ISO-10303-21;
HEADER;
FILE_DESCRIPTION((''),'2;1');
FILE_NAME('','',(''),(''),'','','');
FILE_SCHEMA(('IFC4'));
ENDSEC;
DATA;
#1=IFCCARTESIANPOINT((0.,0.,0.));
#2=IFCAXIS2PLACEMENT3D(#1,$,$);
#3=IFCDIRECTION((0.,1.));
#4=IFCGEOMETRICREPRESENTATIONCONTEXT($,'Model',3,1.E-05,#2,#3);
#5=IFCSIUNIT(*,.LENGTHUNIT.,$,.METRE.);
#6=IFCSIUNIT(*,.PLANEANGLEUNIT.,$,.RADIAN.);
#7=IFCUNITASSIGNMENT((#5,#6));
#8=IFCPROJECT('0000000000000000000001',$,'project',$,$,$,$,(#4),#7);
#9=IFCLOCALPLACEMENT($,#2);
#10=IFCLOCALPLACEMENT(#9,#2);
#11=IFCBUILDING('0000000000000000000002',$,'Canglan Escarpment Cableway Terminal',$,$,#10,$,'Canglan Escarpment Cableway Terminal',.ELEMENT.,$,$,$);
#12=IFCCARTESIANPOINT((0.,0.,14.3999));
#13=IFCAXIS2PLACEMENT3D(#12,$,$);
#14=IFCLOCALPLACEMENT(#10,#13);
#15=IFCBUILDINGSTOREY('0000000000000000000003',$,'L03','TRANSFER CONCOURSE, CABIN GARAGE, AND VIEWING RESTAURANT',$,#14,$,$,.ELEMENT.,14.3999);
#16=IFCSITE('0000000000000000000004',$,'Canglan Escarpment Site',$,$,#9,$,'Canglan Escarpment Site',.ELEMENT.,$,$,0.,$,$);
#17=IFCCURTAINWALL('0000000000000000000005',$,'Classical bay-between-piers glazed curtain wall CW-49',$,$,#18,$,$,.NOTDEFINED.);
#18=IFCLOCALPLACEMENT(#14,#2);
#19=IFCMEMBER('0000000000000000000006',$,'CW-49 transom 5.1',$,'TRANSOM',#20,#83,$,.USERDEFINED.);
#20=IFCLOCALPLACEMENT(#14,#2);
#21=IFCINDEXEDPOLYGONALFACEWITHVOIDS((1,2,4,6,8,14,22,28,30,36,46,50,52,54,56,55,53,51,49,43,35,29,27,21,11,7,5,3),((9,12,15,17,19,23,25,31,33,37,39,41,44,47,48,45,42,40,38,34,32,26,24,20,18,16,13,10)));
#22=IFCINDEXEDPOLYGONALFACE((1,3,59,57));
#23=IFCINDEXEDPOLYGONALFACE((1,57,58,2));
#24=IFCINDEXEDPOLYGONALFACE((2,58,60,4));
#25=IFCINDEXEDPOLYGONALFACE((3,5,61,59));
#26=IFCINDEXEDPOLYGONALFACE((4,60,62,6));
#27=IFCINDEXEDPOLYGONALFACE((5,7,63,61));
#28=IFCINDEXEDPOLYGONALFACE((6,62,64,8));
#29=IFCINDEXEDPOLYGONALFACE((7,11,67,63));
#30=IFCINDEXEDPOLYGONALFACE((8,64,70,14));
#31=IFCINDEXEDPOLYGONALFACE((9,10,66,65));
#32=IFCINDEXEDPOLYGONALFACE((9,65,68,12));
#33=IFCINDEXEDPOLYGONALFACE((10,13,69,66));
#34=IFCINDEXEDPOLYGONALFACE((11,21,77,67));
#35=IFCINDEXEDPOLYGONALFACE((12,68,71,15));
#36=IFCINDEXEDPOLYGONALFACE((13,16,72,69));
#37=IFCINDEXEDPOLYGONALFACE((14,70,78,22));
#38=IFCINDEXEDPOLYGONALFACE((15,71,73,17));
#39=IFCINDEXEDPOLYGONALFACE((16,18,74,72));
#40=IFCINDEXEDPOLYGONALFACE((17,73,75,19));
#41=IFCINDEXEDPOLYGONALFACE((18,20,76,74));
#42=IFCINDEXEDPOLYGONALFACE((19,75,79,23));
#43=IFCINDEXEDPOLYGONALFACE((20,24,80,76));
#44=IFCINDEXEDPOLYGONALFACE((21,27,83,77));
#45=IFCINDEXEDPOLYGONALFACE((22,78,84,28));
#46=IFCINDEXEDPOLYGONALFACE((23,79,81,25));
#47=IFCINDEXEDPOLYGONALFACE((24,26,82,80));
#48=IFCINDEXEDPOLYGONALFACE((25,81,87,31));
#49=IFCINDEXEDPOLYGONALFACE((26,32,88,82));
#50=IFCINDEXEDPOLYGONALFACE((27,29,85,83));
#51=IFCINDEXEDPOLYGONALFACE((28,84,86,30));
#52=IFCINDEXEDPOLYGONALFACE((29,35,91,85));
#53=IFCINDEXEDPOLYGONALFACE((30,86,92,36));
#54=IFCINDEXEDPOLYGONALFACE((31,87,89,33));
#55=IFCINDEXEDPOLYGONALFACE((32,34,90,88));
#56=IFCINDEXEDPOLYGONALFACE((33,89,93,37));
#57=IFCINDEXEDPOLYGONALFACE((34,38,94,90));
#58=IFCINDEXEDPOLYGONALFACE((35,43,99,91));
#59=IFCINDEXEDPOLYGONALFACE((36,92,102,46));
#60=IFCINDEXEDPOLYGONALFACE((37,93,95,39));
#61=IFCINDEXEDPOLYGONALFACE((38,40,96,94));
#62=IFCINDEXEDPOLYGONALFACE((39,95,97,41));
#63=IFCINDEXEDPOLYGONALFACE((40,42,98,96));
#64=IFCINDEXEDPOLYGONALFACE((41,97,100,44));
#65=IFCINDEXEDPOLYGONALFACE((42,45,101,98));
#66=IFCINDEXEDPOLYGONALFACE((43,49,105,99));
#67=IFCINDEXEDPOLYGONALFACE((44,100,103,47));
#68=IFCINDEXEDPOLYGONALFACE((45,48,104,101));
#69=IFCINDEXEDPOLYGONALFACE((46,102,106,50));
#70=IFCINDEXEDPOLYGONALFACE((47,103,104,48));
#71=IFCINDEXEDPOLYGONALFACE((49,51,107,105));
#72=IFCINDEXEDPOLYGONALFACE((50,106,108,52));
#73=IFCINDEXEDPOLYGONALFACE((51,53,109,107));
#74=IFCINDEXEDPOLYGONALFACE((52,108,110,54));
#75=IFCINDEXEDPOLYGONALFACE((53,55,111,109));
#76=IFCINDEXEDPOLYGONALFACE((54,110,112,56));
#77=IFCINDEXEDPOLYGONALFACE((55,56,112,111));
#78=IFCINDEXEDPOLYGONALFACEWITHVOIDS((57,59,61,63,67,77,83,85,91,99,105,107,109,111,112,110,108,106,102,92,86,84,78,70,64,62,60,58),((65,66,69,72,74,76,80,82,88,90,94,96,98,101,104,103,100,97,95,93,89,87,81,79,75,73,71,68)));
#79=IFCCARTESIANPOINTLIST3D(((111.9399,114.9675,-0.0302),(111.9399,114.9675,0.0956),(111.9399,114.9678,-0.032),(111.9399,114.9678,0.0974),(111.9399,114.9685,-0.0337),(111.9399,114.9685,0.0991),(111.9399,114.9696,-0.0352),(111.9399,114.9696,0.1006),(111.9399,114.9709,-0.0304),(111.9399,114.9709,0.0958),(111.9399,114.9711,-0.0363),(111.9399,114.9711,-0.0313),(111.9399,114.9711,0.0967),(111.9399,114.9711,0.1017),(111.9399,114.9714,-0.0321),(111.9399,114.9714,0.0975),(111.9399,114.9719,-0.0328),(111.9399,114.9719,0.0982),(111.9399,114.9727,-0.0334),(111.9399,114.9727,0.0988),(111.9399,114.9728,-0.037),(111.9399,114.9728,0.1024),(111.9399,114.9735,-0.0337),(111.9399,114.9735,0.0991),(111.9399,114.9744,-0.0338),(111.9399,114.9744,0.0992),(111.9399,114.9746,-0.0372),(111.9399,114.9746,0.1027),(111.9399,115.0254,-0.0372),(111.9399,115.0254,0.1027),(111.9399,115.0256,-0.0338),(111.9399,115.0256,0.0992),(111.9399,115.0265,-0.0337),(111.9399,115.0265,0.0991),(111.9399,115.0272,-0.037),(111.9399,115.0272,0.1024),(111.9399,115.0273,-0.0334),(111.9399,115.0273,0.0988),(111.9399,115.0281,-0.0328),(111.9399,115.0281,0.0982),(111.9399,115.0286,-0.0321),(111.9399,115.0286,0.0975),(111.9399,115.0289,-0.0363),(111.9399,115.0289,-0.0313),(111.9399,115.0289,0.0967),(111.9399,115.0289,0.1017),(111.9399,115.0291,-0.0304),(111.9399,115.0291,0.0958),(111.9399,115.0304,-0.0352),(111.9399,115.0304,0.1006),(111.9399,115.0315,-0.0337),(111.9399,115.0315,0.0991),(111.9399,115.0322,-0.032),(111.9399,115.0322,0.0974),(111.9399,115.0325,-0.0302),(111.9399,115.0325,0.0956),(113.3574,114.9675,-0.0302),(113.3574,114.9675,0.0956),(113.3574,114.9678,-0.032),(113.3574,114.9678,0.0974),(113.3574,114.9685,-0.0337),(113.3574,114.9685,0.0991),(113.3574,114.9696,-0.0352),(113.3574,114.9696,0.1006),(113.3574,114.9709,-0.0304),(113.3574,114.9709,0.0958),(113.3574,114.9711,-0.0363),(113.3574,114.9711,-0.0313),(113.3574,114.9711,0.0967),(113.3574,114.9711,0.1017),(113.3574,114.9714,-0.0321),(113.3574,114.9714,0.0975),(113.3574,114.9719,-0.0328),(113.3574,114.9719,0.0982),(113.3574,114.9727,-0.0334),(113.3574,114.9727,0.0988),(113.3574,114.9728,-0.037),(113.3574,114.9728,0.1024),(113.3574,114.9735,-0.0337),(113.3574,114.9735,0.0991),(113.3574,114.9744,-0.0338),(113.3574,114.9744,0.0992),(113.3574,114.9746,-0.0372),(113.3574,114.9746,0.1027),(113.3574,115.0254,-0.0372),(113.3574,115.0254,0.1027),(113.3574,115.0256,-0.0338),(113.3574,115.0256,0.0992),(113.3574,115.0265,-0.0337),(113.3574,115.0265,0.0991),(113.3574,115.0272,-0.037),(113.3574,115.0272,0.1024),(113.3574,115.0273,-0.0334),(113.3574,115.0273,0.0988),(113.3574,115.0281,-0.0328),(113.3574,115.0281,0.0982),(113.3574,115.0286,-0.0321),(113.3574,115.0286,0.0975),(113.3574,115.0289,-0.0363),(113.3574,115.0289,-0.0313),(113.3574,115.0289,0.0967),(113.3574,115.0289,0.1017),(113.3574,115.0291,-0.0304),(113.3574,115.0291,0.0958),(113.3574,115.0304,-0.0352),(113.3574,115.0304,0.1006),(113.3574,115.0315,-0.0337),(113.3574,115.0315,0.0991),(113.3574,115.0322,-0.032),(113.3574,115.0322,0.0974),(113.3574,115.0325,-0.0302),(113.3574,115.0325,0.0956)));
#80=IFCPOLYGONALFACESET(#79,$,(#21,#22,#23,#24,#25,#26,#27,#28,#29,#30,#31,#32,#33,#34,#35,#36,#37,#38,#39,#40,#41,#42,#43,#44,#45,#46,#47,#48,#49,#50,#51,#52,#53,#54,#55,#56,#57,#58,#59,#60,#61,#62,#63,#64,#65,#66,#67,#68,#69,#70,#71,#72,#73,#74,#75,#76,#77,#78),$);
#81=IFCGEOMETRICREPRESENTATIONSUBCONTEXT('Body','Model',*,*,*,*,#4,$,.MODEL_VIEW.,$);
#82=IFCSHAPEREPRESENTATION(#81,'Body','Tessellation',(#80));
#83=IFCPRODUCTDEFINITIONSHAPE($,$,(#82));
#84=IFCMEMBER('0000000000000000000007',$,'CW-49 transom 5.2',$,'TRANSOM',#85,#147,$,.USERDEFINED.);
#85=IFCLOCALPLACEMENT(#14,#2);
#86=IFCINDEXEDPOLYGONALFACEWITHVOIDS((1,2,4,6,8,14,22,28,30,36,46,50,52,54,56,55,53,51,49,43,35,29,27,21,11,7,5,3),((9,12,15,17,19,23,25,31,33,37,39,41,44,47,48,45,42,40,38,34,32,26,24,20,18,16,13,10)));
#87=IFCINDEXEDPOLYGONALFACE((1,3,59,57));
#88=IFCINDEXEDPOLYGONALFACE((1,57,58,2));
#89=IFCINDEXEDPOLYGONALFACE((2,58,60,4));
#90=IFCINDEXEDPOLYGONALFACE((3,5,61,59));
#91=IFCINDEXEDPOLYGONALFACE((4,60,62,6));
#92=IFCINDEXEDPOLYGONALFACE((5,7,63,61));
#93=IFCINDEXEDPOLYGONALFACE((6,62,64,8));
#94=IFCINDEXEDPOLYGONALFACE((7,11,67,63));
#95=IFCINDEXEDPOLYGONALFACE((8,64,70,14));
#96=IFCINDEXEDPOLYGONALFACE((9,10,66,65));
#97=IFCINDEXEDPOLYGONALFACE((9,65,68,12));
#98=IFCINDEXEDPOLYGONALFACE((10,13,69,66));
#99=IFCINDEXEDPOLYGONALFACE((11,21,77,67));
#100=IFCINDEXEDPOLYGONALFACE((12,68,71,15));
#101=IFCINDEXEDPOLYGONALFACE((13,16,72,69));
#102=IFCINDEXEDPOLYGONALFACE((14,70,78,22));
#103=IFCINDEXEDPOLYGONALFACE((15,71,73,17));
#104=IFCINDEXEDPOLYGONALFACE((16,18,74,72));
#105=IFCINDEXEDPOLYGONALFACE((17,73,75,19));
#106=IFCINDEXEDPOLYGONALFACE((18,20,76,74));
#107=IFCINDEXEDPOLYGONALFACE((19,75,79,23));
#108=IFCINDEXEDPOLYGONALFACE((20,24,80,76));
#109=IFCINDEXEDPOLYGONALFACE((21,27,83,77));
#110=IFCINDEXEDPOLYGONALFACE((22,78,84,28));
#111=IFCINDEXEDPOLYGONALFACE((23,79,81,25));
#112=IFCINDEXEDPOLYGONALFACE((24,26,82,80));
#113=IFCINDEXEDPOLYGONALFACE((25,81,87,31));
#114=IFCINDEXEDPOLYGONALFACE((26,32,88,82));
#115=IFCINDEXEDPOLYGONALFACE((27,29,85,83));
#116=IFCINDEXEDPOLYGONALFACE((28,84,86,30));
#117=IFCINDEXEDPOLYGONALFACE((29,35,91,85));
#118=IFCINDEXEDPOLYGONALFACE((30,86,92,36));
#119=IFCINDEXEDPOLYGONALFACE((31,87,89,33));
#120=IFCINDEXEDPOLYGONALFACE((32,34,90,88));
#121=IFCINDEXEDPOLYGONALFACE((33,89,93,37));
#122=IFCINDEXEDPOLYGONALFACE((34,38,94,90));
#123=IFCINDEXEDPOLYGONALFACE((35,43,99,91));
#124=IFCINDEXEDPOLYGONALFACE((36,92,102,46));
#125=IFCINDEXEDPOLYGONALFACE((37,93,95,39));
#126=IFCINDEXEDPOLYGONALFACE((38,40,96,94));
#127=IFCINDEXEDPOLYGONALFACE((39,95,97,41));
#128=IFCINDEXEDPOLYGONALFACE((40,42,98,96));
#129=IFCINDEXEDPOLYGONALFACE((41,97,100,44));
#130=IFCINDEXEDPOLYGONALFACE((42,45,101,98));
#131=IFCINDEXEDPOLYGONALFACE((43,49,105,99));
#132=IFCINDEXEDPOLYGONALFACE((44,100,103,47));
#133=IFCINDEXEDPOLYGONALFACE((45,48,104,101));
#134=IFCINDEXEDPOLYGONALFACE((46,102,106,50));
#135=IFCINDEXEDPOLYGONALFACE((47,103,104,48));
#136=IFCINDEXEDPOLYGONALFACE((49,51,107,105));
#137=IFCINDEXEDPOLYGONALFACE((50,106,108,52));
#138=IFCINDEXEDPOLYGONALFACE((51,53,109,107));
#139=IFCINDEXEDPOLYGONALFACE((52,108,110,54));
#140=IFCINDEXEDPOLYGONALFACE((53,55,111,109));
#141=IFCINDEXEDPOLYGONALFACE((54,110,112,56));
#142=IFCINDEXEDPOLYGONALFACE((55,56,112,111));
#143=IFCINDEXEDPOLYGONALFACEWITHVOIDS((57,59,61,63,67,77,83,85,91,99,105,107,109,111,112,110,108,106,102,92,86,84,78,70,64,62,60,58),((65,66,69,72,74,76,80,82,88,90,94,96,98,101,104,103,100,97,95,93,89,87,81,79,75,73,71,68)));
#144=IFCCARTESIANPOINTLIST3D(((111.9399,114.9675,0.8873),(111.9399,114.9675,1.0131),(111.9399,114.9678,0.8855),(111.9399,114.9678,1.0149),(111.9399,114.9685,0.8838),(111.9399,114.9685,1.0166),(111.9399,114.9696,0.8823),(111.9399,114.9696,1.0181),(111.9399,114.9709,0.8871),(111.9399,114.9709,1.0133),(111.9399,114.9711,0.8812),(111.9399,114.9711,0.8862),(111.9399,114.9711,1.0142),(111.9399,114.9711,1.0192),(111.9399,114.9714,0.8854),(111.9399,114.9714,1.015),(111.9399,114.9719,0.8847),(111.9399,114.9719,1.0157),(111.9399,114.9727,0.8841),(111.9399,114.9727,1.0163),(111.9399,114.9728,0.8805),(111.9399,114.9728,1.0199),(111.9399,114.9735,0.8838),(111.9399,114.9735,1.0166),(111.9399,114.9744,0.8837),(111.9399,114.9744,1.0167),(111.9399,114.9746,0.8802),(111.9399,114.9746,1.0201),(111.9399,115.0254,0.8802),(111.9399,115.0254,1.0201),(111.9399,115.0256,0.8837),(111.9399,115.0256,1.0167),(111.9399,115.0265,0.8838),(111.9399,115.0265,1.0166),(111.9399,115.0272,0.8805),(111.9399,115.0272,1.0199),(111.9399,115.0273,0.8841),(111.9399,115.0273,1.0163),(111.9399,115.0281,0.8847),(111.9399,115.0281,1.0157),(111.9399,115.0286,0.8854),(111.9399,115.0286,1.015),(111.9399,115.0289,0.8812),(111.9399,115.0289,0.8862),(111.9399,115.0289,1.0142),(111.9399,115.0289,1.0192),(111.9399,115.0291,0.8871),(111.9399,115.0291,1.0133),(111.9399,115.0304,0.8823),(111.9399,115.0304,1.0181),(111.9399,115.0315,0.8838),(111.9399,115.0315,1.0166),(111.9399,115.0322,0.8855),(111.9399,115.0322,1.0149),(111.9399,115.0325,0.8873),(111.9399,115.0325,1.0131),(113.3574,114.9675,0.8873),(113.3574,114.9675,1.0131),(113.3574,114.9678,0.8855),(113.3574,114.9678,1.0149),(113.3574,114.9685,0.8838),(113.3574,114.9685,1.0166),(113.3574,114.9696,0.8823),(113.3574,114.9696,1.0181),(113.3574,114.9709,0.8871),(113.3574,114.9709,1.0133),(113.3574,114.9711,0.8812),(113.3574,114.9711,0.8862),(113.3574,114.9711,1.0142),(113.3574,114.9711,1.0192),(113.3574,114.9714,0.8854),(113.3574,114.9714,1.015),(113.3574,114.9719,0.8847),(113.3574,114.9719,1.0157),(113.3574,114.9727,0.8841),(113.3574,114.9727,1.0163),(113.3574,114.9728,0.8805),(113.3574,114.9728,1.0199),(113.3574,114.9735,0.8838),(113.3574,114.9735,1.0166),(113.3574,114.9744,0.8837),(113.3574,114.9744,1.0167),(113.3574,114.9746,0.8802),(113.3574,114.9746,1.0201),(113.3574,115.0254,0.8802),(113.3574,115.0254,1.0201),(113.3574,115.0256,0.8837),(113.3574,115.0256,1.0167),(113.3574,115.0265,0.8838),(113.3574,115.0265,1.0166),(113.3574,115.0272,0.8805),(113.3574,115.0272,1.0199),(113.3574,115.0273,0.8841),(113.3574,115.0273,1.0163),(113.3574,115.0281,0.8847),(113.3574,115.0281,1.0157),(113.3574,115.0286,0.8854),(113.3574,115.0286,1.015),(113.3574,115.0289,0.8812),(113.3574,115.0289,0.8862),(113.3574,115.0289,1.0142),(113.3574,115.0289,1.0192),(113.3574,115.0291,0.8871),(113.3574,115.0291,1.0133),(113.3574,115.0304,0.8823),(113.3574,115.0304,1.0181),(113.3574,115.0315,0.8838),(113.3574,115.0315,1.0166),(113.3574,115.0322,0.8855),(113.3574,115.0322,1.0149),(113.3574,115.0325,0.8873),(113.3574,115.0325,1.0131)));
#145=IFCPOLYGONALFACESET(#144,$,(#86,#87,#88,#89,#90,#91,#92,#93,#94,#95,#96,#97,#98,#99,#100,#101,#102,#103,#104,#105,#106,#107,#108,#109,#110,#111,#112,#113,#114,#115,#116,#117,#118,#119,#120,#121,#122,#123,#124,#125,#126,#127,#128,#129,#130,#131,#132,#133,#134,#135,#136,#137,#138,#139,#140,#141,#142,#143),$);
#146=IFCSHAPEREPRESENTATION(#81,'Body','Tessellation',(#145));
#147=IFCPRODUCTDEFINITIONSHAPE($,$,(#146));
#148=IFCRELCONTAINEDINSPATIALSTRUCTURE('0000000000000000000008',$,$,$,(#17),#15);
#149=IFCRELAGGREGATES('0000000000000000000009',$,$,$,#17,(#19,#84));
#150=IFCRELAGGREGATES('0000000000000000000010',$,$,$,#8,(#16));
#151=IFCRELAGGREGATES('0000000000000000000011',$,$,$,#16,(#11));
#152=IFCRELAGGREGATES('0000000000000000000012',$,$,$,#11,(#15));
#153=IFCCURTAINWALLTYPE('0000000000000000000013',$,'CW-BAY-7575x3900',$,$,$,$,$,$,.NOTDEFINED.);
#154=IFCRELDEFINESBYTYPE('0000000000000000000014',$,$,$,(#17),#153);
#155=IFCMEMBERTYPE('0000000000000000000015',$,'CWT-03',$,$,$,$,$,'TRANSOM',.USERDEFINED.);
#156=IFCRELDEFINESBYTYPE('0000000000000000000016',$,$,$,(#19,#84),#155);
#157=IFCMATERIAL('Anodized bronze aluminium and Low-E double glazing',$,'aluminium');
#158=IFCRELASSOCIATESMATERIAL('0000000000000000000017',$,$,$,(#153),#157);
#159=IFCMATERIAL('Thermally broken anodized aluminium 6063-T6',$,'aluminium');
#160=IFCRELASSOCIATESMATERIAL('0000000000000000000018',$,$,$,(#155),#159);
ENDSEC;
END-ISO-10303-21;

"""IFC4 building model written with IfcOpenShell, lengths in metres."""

from ifc_helpers import new_model, si_unit, direction, frame, origin, origin_2d, place, context, subcontext, project, spatial, hollow_rectangle, extrude, material, material_profile, profile_set, type_object, element, aggregate, save


model = new_model("IFC4")

# Units and contexts
model_context = context("Model", 3, precision=1e-05, world=origin(), true_north=direction((0.0, 1.0)))
body_context = subcontext(model_context, "Body", "Model", "MODEL_VIEW")
ifc_project = project(units=[si_unit("LENGTHUNIT", "METRE"), si_unit("PLANEANGLEUNIT", "RADIAN")], contexts=[model_context])

# Site, building, storey
site_placement = place(None, origin())
site = spatial("IfcSite", under=ifc_project, at=site_placement, Name="Canglan Escarpment Site", LongName="Canglan Escarpment Site", CompositionType="ELEMENT", RefElevation=0.0)
building_placement = place(site_placement, origin())
building = spatial("IfcBuilding", under=site, at=building_placement, Name="Canglan Escarpment Cableway Terminal", LongName="Canglan Escarpment Cableway Terminal", CompositionType="ELEMENT")
storey_placement = place(building_placement, frame((0.0, 0.0, 14.3999)))
storey = spatial("IfcBuildingStorey", under=building, at=storey_placement, Name="L03", Description="TRANSFER CONCOURSE, CABIN GARAGE, AND VIEWING RESTAURANT", CompositionType="ELEMENT", Elevation=14.3999)

# Curtain wall
ifc_material_1 = material(Name="Anodized bronze aluminium and Low-E double glazing", Category="aluminium")
curtain_wall_type_1 = type_object("IfcCurtainWallType", Name="CW-BAY-7575x3900", PredefinedType="NOTDEFINED", material=ifc_material_1)
curtain_wall_1_placement = place(storey_placement, origin())
curtain_wall_1 = element("IfcCurtainWall", 1, at=curtain_wall_1_placement, inside=storey, type_object=curtain_wall_type_1, Name="Classical bay-between-piers glazed curtain wall CW-49", PredefinedType="NOTDEFINED")
ifc_material_2 = material(Name="Thermally broken anodized aluminium 6063-T6", Category="aluminium")

# Members
ifc_material_profile_1 = material_profile(ifc_material_2, hollow_rectangle(XDim=0.0649, YDim=0.1399, WallThickness=0.0034, InnerFilletRadius=0.0034, OuterFilletRadius=0.0071, at=origin_2d()), Name="ALU-TRAN 65x140x3.5")
ifc_profile_set_1 = profile_set([ifc_material_profile_1], Name="Thermally broken anodized aluminium 6063-T6")
member_type_1 = type_object("IfcMemberType", Name="CWT-03", ElementType="TRANSOM", PredefinedType="USERDEFINED", material=ifc_profile_set_1)
member_1_placement = place(storey_placement, frame((113.3574, 115.0, 0.0327), z_axis=(-1.0, 0.0, 0.0), x_axis=(0.0, -1.0, 0.0)))
member_1 = element("IfcMember", 2, at=member_1_placement, type_object=member_type_1, Name="CW-49 transom 5.1", ObjectType="TRANSOM", PredefinedType="USERDEFINED", context=body_context, shape_type="SweptSolid", body=[
    extrude(hollow_rectangle(XDim=0.0649, YDim=0.1399, WallThickness=0.0034, InnerFilletRadius=0.0034, OuterFilletRadius=0.0071, at=origin_2d()), origin(), (0.0, 0.0, 1.0), 1.4175),
])
member_2_placement = place(storey_placement, frame((113.3574, 115.0, 0.9502), z_axis=(-1.0, 0.0, 0.0), x_axis=(0.0, -1.0, 0.0)))
member_2 = element("IfcMember", 3, at=member_2_placement, type_object=member_type_1, Name="CW-49 transom 5.2", ObjectType="TRANSOM", PredefinedType="USERDEFINED", context=body_context, shape_type="SweptSolid", body=[
    extrude(hollow_rectangle(XDim=0.0649, YDim=0.1399, WallThickness=0.0034, InnerFilletRadius=0.0034, OuterFilletRadius=0.0071, at=origin_2d()), origin(), (0.0, 0.0, 1.0), 1.4175),
])

aggregate(curtain_wall_1, [member_1, member_2])

save(model, "model.ifc")
